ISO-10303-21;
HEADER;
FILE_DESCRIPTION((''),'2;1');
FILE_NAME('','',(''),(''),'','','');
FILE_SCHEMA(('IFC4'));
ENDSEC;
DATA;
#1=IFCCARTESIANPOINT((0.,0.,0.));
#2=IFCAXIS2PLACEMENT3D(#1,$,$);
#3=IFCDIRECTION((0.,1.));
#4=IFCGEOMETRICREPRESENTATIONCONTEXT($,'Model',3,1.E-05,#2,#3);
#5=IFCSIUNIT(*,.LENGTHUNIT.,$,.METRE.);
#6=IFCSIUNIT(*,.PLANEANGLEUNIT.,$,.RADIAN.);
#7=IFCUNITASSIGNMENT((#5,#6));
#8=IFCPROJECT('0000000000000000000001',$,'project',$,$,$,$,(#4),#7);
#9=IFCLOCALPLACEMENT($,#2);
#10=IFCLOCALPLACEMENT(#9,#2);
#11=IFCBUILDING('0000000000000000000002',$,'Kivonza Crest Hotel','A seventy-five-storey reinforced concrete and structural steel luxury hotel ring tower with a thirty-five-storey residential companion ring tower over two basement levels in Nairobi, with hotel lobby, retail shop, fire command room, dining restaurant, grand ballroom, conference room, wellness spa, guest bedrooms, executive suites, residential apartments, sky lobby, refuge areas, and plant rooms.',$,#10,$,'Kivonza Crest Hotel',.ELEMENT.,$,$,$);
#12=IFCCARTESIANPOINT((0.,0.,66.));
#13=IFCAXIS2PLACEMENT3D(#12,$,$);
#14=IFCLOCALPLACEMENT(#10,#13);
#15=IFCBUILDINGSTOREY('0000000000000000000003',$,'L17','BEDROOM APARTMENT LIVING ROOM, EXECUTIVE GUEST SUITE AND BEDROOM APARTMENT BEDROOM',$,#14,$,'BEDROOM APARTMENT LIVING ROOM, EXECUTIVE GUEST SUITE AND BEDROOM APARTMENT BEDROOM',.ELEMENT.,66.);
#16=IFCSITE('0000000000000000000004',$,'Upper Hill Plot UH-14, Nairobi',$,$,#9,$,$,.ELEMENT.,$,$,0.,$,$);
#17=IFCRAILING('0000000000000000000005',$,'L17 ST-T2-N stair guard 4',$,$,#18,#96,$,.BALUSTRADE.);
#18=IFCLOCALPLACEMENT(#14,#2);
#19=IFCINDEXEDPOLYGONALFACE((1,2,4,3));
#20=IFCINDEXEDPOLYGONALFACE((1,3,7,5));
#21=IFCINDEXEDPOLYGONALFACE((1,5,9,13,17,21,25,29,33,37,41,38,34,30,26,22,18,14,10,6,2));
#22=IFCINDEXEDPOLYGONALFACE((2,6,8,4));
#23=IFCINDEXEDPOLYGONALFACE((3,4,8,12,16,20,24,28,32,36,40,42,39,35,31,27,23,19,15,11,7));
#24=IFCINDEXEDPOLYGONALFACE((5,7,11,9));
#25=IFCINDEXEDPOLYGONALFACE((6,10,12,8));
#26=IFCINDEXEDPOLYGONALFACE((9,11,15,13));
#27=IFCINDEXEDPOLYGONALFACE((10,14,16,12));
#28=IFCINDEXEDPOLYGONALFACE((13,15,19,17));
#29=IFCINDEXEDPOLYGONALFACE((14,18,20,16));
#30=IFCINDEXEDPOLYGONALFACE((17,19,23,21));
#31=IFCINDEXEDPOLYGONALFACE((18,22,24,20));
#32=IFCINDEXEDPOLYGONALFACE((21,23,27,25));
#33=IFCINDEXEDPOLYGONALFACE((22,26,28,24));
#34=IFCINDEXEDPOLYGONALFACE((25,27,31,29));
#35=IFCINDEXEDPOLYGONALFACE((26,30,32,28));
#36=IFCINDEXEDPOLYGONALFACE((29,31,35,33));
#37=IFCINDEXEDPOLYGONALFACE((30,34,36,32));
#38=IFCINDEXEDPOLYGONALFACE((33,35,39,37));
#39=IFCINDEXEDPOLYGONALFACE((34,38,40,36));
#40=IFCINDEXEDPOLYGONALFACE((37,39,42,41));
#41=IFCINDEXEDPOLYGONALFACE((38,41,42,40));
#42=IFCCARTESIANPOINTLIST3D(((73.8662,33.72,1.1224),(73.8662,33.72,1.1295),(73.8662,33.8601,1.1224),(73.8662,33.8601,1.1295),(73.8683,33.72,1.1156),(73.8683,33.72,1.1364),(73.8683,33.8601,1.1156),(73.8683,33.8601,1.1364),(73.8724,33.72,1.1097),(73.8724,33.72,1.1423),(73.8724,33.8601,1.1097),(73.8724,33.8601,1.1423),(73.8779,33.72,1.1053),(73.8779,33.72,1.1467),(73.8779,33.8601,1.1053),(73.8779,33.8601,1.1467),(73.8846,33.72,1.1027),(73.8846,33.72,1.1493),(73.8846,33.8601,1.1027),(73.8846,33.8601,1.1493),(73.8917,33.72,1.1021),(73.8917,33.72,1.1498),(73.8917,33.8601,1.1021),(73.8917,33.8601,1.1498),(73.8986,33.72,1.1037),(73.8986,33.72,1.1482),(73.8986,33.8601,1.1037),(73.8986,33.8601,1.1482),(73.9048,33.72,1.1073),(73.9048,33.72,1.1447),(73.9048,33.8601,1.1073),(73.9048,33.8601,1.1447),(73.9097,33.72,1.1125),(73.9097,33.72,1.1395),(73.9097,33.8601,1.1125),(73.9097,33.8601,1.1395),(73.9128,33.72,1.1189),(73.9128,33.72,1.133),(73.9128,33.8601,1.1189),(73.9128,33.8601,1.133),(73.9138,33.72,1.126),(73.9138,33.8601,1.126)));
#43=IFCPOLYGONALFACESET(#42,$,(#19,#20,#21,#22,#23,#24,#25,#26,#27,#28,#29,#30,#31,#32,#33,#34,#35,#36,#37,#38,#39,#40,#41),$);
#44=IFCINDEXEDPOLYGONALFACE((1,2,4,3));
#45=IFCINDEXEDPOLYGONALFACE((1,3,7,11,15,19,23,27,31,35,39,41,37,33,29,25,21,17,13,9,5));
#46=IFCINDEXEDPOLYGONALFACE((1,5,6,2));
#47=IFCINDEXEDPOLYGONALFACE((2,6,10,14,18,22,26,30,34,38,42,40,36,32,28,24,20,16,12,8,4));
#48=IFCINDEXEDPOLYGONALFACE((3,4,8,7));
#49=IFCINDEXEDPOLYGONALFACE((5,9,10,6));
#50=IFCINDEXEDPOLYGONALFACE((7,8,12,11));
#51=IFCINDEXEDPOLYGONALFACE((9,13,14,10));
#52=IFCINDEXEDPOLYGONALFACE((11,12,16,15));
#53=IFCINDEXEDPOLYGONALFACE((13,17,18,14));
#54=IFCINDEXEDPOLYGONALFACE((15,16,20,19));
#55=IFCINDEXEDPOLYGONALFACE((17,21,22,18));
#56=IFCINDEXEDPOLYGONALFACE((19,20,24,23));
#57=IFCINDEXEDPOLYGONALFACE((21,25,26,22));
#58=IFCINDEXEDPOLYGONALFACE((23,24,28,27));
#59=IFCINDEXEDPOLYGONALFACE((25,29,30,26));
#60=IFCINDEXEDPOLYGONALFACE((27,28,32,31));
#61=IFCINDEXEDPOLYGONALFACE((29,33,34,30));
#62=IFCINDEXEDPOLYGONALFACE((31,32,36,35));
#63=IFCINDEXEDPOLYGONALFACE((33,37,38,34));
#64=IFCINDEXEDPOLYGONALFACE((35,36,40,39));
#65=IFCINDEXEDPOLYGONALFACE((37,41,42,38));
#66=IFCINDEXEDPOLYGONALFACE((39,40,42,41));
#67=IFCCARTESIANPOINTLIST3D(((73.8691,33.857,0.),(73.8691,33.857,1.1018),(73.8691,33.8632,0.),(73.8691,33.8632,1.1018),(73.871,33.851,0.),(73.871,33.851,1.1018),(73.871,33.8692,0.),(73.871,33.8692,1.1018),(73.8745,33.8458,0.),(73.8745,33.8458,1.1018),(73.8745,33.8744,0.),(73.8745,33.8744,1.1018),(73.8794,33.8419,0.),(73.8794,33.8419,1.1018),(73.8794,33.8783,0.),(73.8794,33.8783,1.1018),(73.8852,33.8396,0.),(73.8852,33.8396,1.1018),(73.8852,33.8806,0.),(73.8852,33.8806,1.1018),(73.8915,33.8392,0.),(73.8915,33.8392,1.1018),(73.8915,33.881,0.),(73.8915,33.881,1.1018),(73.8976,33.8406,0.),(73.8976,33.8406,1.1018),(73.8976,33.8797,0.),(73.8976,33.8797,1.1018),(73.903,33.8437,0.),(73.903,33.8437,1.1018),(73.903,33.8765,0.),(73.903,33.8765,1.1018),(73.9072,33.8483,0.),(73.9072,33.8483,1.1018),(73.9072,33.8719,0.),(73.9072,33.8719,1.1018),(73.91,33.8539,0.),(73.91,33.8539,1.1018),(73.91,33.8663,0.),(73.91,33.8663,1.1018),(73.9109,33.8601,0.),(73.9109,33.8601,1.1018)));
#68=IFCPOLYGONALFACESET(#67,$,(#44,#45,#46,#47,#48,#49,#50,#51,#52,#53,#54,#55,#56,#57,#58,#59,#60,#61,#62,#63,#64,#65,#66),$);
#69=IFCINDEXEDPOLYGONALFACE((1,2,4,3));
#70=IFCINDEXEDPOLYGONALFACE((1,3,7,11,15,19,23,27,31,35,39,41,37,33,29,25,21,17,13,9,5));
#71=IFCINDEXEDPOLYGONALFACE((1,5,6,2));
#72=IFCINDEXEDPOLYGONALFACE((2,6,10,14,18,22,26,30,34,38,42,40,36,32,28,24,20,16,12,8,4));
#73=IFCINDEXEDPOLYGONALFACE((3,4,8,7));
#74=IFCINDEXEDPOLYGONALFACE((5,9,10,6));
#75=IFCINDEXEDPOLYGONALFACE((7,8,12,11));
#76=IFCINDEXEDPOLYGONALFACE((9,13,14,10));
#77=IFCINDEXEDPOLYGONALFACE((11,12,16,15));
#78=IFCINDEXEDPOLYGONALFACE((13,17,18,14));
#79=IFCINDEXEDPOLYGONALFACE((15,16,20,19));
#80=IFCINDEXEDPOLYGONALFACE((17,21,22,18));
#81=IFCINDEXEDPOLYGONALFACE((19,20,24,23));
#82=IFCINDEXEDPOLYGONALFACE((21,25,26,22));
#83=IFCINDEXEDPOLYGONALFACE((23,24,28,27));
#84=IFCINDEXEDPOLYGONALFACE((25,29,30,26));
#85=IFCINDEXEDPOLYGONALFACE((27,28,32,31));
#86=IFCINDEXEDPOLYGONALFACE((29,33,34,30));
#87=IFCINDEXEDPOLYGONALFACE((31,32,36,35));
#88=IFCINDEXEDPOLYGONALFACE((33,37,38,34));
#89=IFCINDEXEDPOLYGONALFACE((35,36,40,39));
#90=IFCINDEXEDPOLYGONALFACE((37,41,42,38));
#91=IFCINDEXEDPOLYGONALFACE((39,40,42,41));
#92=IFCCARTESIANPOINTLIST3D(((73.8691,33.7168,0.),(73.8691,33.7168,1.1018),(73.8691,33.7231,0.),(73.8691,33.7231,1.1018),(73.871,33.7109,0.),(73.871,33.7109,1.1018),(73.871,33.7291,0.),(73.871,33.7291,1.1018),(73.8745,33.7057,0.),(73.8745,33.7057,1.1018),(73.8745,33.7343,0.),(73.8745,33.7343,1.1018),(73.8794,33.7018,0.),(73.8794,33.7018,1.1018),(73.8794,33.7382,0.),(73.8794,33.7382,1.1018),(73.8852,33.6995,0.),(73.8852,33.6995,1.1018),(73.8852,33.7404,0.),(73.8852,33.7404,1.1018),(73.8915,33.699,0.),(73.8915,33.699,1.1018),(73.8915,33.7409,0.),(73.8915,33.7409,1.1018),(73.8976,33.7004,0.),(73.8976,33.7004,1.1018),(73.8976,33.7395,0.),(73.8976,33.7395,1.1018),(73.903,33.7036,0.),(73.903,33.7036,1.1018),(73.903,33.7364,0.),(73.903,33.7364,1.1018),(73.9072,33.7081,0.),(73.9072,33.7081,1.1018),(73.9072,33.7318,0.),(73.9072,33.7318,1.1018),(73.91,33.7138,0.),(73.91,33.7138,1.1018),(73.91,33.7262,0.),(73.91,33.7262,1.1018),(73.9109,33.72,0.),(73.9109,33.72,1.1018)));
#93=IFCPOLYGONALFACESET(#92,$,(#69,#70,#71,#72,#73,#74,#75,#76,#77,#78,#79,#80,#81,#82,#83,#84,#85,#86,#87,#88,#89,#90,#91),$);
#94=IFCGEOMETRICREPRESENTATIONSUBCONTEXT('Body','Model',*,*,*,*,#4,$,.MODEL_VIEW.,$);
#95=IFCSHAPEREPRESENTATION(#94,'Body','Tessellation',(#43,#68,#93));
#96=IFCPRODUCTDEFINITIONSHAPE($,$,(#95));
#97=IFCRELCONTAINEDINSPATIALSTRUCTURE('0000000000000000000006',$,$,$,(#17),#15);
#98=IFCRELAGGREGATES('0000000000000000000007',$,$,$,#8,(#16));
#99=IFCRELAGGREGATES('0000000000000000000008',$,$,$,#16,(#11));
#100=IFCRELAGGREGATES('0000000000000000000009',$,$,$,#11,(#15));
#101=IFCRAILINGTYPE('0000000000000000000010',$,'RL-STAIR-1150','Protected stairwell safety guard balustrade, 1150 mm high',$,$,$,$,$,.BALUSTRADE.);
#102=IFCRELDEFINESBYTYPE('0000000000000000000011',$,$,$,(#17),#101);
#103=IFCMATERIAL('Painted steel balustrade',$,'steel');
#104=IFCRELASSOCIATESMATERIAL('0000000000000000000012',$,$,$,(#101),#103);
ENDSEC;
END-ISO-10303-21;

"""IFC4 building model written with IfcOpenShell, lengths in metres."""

from ifc_helpers import new_model, si_unit, direction, frame, origin, origin_2d, place, context, subcontext, project, spatial, circle, extrude, material, type_object, element, save


model = new_model("IFC4")

# Units and contexts
model_context = context("Model", 3, precision=1e-05, world=origin(), true_north=direction((0.0, 1.0)))
body_context = subcontext(model_context, "Body", "Model", "MODEL_VIEW")
ifc_project = project(units=[si_unit("LENGTHUNIT", "METRE"), si_unit("PLANEANGLEUNIT", "RADIAN")], contexts=[model_context])

# Site, building, storey
site_placement = place(None, origin())
site = spatial("IfcSite", under=ifc_project, at=site_placement, Name="Upper Hill Plot UH-14, Nairobi", CompositionType="ELEMENT", RefElevation=0.0)
building_placement = place(site_placement, origin())
building = spatial("IfcBuilding", under=site, at=building_placement, Name="Kivonza Crest Hotel", Description="A seventy-five-storey reinforced concrete and structural steel luxury hotel ring tower with a thirty-five-storey residential companion ring tower over two basement levels in Nairobi, with hotel lobby, retail shop, fire command room, dining restaurant, grand ballroom, conference room, wellness spa, guest bedrooms, executive suites, residential apartments, sky lobby, refuge areas, and plant rooms.", LongName="Kivonza Crest Hotel", CompositionType="ELEMENT")
storey_placement = place(building_placement, frame((0.0, 0.0, 66.0)))
storey = spatial("IfcBuildingStorey", under=building, at=storey_placement, Name="L17", Description="BEDROOM APARTMENT LIVING ROOM, EXECUTIVE GUEST SUITE AND BEDROOM APARTMENT BEDROOM", LongName="BEDROOM APARTMENT LIVING ROOM, EXECUTIVE GUEST SUITE AND BEDROOM APARTMENT BEDROOM", CompositionType="ELEMENT", Elevation=66.0)

# Railing
ifc_material_1 = material(Name="Painted steel balustrade", Category="steel")
railing_type_1 = type_object("IfcRailingType", Name="RL-STAIR-1150", Description="Protected stairwell safety guard balustrade, 1150 mm high", PredefinedType="BALUSTRADE", material=ifc_material_1)
railing_1_placement = place(storey_placement, frame((73.8899, 33.8601, 0.0)))
element("IfcRailing", 1, at=railing_1_placement, inside=storey, type_object=railing_type_1, Name="L17 ST-T2-N stair guard 4", PredefinedType="BALUSTRADE", context=body_context, shape_type="SweptSolid", body=[
    extrude(circle(Radius=0.0239, at=origin_2d()), frame((0.0, 0.0, 1.126), z_axis=(0.0, -1.0, 0.0), x_axis=(1.0, 0.0, 0.0)), (0.0, 0.0, 1.0), 0.1401),
    extrude(circle(Radius=0.021, at=origin_2d()), origin(), (0.0, 0.0, 1.0), 1.1018),
    extrude(circle(Radius=0.021, at=origin_2d()), frame((0.0, -0.1401, 0.0)), (0.0, 0.0, 1.0), 1.1018),
])

save(model, "model.ifc")
